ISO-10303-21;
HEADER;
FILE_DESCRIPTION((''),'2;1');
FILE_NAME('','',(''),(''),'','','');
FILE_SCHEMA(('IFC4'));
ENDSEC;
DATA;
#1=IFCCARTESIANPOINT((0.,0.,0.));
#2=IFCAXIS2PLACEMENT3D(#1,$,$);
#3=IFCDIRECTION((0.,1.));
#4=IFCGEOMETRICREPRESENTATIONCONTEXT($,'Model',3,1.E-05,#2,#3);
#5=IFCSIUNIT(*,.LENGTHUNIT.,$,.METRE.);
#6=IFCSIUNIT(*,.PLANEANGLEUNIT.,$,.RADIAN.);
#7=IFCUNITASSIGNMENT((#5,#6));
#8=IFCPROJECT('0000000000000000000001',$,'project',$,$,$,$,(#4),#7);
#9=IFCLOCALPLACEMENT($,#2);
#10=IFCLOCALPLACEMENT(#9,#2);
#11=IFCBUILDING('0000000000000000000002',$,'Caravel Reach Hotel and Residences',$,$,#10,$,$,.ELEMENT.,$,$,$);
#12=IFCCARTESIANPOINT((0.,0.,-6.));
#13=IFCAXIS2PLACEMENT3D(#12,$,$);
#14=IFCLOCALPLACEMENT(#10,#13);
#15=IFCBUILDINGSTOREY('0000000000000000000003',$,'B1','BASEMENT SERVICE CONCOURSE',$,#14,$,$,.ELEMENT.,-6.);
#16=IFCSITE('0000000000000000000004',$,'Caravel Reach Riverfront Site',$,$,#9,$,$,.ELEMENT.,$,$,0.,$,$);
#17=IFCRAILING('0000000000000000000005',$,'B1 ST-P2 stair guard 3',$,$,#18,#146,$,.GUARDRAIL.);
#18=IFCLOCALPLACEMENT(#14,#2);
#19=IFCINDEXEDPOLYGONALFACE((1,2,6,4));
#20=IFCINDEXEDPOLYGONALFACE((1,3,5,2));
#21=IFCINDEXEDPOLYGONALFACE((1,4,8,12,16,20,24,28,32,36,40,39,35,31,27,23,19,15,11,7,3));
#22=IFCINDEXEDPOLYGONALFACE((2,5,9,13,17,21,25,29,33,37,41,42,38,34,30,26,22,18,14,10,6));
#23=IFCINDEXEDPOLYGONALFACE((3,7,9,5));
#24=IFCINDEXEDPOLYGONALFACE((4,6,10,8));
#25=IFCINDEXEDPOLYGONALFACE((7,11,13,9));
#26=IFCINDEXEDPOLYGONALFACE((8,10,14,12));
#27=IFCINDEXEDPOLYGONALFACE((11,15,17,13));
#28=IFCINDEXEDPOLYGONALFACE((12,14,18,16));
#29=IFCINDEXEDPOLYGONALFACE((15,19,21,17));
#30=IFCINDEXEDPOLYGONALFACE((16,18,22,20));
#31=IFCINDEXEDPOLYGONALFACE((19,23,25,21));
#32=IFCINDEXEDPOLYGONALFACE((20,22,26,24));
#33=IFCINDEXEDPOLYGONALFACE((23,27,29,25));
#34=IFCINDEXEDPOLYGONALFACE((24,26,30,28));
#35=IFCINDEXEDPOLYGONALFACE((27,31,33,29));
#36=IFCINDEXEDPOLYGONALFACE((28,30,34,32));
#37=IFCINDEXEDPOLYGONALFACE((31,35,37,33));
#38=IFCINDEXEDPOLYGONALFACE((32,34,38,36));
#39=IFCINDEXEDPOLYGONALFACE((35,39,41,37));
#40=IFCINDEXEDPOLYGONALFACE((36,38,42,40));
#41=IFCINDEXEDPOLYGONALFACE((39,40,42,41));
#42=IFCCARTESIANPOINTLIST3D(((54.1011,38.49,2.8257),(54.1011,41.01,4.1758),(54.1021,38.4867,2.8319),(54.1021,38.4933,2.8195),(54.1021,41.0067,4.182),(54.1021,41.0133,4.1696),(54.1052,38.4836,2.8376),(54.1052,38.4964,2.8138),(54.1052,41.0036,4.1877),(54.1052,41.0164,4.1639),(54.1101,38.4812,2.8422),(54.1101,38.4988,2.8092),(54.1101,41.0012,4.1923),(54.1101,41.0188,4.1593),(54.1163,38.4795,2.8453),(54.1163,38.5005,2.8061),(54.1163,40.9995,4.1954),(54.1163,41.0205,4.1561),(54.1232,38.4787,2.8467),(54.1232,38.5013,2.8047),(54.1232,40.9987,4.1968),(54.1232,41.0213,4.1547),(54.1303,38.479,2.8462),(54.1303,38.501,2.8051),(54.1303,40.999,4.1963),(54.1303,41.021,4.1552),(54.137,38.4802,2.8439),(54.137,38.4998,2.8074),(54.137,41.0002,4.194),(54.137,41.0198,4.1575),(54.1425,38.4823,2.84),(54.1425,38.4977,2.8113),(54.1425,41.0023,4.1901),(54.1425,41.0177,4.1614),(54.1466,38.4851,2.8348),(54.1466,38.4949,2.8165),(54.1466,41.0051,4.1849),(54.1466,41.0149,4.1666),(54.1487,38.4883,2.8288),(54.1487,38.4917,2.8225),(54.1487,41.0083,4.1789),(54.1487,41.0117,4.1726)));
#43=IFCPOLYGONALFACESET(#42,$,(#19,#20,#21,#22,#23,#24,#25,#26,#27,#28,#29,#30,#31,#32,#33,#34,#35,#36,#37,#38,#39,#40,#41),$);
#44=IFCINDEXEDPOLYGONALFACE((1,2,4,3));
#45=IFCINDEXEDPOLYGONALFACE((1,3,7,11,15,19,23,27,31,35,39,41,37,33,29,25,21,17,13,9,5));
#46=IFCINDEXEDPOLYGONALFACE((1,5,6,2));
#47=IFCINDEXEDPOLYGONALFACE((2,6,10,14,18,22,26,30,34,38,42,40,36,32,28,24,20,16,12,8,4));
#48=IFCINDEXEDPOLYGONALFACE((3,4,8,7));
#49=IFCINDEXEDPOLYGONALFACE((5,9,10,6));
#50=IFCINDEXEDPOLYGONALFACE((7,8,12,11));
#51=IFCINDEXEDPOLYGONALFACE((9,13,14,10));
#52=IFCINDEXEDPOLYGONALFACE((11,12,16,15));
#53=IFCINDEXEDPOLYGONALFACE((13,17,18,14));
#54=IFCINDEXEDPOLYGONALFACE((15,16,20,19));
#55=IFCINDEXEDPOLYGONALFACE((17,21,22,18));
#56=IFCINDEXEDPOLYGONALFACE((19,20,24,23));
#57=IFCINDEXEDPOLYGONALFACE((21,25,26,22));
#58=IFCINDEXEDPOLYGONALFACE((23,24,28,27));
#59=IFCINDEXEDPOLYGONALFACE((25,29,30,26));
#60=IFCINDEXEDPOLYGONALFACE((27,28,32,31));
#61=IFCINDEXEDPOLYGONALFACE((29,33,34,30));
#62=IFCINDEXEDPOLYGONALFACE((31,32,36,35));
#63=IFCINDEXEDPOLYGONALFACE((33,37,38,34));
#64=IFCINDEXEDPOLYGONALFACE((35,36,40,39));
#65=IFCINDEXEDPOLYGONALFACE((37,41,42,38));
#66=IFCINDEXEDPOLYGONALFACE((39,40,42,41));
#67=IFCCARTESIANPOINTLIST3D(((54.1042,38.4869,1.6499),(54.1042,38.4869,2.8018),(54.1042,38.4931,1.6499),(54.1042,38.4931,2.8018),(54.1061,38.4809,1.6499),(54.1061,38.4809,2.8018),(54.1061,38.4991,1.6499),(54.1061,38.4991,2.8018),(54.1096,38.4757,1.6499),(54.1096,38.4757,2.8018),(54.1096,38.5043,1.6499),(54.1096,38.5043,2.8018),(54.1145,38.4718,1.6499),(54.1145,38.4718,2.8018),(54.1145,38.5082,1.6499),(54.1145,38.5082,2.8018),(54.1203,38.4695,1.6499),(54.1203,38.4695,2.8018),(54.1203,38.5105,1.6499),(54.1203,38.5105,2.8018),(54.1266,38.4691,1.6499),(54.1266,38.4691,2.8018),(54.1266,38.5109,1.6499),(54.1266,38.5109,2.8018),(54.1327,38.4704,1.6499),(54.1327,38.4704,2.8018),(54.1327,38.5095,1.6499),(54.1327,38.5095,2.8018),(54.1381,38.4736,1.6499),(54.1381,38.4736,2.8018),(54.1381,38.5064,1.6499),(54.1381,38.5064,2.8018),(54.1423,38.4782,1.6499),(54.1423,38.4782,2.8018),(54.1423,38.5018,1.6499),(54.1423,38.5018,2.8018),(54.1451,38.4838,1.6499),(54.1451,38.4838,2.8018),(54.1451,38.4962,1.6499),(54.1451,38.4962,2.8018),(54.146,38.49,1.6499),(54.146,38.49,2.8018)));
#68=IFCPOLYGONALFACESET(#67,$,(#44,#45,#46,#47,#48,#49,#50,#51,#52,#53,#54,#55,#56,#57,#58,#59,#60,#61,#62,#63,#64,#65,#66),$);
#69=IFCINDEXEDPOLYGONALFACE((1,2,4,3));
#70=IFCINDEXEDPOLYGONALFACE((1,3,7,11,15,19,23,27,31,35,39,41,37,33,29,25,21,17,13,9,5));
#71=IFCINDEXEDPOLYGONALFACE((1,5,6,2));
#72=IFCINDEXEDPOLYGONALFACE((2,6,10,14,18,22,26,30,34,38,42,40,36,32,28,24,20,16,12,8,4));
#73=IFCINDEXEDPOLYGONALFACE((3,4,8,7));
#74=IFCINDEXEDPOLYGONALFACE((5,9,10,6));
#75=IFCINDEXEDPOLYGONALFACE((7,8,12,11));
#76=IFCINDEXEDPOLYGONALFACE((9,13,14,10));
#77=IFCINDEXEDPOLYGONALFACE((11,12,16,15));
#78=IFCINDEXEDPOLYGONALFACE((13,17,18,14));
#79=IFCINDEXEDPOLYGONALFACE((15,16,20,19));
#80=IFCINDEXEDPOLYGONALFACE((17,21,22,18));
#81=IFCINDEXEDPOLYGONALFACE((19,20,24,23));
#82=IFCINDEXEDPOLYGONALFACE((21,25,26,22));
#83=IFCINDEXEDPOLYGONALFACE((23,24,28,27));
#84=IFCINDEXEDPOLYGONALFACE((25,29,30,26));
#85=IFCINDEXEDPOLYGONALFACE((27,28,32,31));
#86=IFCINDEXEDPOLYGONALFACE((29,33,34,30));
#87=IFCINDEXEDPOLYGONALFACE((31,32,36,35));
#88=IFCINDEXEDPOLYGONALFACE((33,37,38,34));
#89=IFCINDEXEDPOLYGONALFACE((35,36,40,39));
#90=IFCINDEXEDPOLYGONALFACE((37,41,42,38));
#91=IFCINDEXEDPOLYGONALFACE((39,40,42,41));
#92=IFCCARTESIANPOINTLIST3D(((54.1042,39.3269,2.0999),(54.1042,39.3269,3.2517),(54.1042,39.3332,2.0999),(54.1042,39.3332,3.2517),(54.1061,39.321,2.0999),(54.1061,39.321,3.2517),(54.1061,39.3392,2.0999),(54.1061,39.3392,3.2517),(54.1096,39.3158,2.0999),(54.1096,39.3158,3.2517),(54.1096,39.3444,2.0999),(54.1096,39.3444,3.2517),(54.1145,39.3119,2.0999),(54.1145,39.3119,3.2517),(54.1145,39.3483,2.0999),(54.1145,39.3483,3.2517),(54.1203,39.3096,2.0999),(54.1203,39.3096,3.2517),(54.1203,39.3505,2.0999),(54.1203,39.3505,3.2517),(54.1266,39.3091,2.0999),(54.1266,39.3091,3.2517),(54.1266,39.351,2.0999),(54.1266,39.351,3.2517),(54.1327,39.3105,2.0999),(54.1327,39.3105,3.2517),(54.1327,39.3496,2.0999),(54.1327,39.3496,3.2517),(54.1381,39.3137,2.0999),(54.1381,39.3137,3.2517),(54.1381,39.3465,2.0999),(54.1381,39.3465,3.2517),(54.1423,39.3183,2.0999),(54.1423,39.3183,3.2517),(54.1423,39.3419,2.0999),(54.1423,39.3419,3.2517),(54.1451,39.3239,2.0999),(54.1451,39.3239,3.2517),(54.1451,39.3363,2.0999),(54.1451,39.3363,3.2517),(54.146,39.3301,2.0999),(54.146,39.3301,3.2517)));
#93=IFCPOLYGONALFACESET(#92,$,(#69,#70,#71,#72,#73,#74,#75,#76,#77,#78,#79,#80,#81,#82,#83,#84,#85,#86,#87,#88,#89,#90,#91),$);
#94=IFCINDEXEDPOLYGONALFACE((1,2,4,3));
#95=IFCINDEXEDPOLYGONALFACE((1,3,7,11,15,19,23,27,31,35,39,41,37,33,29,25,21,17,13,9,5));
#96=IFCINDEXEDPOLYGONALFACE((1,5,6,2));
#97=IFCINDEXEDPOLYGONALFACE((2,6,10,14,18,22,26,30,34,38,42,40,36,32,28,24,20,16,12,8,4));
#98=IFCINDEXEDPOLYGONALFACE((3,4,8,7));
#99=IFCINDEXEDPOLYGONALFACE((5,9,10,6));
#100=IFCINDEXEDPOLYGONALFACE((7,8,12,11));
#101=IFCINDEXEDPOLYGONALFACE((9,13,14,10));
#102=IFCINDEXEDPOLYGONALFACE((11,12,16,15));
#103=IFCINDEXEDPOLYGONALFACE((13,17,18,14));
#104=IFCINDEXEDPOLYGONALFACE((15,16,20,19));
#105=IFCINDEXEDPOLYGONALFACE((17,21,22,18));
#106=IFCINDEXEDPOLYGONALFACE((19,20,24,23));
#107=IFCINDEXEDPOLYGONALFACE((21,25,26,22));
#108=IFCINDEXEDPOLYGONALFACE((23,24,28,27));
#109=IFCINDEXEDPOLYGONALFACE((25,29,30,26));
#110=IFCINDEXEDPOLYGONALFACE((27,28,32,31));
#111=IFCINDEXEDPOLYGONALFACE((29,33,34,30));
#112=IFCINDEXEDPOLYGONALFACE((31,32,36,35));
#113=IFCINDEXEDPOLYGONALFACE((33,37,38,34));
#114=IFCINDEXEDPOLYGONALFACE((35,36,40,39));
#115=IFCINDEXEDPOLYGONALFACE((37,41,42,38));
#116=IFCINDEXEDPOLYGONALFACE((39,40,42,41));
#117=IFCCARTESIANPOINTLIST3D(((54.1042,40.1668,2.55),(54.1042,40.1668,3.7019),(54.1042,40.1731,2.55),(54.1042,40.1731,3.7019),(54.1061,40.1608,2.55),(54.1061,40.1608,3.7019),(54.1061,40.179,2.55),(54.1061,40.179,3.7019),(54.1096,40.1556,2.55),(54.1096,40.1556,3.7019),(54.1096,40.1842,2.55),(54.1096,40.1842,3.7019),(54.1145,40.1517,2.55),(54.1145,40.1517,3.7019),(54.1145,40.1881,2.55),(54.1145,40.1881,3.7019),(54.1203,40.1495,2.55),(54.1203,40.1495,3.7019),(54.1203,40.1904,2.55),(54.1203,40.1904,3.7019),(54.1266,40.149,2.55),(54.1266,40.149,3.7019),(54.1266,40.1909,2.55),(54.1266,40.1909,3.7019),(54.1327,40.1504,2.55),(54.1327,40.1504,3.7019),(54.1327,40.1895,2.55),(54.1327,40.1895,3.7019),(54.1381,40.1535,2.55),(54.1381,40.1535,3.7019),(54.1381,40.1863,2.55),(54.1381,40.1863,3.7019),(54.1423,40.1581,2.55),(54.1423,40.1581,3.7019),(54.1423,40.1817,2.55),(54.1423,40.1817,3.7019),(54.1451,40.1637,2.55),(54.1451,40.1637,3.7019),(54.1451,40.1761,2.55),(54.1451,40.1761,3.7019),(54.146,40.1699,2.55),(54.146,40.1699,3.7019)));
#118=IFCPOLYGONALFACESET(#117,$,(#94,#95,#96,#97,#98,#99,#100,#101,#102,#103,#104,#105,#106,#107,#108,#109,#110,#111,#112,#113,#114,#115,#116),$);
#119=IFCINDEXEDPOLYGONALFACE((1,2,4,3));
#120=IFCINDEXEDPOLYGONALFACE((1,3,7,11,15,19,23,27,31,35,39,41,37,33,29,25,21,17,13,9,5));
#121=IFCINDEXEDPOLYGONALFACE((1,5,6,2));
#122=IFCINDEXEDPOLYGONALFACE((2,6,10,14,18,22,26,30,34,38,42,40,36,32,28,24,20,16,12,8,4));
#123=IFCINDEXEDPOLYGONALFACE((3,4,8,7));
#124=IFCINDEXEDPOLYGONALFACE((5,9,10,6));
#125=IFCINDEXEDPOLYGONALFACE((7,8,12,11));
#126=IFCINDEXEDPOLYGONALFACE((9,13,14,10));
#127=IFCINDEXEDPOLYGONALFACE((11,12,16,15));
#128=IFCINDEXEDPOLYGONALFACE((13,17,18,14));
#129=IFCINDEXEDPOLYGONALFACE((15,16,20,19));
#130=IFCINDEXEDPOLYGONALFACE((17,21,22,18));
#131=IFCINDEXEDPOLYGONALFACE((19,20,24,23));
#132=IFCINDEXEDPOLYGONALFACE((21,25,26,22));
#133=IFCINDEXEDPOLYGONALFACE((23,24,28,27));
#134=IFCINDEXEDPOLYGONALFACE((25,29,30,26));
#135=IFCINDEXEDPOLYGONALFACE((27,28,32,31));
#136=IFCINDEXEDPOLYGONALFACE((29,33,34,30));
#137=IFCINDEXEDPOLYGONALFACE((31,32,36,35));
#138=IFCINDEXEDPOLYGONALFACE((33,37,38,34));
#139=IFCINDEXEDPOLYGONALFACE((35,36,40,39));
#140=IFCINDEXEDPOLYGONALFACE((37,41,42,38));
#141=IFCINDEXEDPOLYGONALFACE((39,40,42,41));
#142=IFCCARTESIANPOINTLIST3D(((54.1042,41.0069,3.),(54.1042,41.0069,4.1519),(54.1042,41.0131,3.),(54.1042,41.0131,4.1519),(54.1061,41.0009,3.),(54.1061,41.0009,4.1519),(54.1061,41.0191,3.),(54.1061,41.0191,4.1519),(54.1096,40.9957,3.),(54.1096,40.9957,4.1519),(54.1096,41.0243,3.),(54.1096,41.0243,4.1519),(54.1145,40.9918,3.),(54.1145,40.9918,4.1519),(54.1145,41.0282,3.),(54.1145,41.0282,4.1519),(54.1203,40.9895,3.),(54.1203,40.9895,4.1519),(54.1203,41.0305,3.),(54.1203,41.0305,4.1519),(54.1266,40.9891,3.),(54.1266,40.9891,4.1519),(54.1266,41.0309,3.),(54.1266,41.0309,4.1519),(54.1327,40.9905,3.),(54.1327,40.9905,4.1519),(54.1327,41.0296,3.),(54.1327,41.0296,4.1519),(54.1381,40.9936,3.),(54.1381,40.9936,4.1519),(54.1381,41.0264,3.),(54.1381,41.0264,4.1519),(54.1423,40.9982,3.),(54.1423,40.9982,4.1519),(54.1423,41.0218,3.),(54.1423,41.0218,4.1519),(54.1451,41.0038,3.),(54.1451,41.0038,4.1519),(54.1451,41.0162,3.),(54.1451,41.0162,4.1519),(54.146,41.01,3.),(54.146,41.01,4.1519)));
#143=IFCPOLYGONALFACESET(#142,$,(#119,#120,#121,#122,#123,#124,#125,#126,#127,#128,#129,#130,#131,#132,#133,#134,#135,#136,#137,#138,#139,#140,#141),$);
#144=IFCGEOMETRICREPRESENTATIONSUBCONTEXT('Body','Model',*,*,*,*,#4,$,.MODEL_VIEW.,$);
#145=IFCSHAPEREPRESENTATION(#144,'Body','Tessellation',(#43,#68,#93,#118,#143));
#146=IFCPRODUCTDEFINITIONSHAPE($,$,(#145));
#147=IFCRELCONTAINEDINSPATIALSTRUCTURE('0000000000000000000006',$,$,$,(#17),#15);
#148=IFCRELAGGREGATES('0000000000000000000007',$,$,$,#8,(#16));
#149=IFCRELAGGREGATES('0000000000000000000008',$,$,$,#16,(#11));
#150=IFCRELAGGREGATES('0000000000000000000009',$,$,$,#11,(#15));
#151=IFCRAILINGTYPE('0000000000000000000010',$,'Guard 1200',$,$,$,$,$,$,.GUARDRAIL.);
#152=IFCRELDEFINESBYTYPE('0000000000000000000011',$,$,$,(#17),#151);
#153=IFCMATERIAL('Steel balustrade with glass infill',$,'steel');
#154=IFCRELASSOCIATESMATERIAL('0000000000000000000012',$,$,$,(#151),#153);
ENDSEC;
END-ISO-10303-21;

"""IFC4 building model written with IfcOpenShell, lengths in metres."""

from ifc_helpers import new_model, si_unit, direction, frame, origin, origin_2d, place, context, subcontext, project, spatial, circle, extrude, material, type_object, element, save


model = new_model("IFC4")

# Units and contexts
model_context = context("Model", 3, precision=1e-05, world=origin(), true_north=direction((0.0, 1.0)))
body_context = subcontext(model_context, "Body", "Model", "MODEL_VIEW")
ifc_project = project(units=[si_unit("LENGTHUNIT", "METRE"), si_unit("PLANEANGLEUNIT", "RADIAN")], contexts=[model_context])

# Site, building, storey
site_placement = place(None, origin())
site = spatial("IfcSite", under=ifc_project, at=site_placement, Name="Caravel Reach Riverfront Site", CompositionType="ELEMENT", RefElevation=0.0)
building_placement = place(site_placement, origin())
building = spatial("IfcBuilding", under=site, at=building_placement, Name="Caravel Reach Hotel and Residences", CompositionType="ELEMENT")
storey_placement = place(building_placement, frame((0.0, 0.0, -6.0)))
storey = spatial("IfcBuildingStorey", under=building, at=storey_placement, Name="B1", Description="BASEMENT SERVICE CONCOURSE", CompositionType="ELEMENT", Elevation=-6.0)

# Railing
ifc_material_1 = material(Name="Steel balustrade with glass infill", Category="steel")
railing_type_1 = type_object("IfcRailingType", Name="Guard 1200", PredefinedType="GUARDRAIL", material=ifc_material_1)
railing_1_placement = place(storey_placement, frame((54.125, 38.49, 1.6499)))
element("IfcRailing", 1, at=railing_1_placement, inside=storey, type_object=railing_type_1, Name="B1 ST-P2 stair guard 3", PredefinedType="GUARDRAIL", context=body_context, shape_type="SweptSolid", body=[
    extrude(circle(Radius=0.0239, at=origin_2d()), frame((0.0, 0.0, 1.1758), z_axis=(0.0, 0.881467, 0.472245), x_axis=(-1.0, 0.0, 0.0)), (0.0, 0.0, 1.0), 2.8589),
    extrude(circle(Radius=0.021, at=origin_2d()), origin(), (0.0, 0.0, 1.0), 1.1519),
    extrude(circle(Radius=0.021, at=origin_2d()), frame((0.0, 0.8401, 0.45)), (0.0, 0.0, 1.0), 1.1519),
    extrude(circle(Radius=0.021, at=origin_2d()), frame((0.0, 1.6799, 0.9001)), (0.0, 0.0, 1.0), 1.1519),
    extrude(circle(Radius=0.021, at=origin_2d()), frame((0.0, 2.52, 1.3501)), (0.0, 0.0, 1.0), 1.1519),
])

save(model, "model.ifc")
